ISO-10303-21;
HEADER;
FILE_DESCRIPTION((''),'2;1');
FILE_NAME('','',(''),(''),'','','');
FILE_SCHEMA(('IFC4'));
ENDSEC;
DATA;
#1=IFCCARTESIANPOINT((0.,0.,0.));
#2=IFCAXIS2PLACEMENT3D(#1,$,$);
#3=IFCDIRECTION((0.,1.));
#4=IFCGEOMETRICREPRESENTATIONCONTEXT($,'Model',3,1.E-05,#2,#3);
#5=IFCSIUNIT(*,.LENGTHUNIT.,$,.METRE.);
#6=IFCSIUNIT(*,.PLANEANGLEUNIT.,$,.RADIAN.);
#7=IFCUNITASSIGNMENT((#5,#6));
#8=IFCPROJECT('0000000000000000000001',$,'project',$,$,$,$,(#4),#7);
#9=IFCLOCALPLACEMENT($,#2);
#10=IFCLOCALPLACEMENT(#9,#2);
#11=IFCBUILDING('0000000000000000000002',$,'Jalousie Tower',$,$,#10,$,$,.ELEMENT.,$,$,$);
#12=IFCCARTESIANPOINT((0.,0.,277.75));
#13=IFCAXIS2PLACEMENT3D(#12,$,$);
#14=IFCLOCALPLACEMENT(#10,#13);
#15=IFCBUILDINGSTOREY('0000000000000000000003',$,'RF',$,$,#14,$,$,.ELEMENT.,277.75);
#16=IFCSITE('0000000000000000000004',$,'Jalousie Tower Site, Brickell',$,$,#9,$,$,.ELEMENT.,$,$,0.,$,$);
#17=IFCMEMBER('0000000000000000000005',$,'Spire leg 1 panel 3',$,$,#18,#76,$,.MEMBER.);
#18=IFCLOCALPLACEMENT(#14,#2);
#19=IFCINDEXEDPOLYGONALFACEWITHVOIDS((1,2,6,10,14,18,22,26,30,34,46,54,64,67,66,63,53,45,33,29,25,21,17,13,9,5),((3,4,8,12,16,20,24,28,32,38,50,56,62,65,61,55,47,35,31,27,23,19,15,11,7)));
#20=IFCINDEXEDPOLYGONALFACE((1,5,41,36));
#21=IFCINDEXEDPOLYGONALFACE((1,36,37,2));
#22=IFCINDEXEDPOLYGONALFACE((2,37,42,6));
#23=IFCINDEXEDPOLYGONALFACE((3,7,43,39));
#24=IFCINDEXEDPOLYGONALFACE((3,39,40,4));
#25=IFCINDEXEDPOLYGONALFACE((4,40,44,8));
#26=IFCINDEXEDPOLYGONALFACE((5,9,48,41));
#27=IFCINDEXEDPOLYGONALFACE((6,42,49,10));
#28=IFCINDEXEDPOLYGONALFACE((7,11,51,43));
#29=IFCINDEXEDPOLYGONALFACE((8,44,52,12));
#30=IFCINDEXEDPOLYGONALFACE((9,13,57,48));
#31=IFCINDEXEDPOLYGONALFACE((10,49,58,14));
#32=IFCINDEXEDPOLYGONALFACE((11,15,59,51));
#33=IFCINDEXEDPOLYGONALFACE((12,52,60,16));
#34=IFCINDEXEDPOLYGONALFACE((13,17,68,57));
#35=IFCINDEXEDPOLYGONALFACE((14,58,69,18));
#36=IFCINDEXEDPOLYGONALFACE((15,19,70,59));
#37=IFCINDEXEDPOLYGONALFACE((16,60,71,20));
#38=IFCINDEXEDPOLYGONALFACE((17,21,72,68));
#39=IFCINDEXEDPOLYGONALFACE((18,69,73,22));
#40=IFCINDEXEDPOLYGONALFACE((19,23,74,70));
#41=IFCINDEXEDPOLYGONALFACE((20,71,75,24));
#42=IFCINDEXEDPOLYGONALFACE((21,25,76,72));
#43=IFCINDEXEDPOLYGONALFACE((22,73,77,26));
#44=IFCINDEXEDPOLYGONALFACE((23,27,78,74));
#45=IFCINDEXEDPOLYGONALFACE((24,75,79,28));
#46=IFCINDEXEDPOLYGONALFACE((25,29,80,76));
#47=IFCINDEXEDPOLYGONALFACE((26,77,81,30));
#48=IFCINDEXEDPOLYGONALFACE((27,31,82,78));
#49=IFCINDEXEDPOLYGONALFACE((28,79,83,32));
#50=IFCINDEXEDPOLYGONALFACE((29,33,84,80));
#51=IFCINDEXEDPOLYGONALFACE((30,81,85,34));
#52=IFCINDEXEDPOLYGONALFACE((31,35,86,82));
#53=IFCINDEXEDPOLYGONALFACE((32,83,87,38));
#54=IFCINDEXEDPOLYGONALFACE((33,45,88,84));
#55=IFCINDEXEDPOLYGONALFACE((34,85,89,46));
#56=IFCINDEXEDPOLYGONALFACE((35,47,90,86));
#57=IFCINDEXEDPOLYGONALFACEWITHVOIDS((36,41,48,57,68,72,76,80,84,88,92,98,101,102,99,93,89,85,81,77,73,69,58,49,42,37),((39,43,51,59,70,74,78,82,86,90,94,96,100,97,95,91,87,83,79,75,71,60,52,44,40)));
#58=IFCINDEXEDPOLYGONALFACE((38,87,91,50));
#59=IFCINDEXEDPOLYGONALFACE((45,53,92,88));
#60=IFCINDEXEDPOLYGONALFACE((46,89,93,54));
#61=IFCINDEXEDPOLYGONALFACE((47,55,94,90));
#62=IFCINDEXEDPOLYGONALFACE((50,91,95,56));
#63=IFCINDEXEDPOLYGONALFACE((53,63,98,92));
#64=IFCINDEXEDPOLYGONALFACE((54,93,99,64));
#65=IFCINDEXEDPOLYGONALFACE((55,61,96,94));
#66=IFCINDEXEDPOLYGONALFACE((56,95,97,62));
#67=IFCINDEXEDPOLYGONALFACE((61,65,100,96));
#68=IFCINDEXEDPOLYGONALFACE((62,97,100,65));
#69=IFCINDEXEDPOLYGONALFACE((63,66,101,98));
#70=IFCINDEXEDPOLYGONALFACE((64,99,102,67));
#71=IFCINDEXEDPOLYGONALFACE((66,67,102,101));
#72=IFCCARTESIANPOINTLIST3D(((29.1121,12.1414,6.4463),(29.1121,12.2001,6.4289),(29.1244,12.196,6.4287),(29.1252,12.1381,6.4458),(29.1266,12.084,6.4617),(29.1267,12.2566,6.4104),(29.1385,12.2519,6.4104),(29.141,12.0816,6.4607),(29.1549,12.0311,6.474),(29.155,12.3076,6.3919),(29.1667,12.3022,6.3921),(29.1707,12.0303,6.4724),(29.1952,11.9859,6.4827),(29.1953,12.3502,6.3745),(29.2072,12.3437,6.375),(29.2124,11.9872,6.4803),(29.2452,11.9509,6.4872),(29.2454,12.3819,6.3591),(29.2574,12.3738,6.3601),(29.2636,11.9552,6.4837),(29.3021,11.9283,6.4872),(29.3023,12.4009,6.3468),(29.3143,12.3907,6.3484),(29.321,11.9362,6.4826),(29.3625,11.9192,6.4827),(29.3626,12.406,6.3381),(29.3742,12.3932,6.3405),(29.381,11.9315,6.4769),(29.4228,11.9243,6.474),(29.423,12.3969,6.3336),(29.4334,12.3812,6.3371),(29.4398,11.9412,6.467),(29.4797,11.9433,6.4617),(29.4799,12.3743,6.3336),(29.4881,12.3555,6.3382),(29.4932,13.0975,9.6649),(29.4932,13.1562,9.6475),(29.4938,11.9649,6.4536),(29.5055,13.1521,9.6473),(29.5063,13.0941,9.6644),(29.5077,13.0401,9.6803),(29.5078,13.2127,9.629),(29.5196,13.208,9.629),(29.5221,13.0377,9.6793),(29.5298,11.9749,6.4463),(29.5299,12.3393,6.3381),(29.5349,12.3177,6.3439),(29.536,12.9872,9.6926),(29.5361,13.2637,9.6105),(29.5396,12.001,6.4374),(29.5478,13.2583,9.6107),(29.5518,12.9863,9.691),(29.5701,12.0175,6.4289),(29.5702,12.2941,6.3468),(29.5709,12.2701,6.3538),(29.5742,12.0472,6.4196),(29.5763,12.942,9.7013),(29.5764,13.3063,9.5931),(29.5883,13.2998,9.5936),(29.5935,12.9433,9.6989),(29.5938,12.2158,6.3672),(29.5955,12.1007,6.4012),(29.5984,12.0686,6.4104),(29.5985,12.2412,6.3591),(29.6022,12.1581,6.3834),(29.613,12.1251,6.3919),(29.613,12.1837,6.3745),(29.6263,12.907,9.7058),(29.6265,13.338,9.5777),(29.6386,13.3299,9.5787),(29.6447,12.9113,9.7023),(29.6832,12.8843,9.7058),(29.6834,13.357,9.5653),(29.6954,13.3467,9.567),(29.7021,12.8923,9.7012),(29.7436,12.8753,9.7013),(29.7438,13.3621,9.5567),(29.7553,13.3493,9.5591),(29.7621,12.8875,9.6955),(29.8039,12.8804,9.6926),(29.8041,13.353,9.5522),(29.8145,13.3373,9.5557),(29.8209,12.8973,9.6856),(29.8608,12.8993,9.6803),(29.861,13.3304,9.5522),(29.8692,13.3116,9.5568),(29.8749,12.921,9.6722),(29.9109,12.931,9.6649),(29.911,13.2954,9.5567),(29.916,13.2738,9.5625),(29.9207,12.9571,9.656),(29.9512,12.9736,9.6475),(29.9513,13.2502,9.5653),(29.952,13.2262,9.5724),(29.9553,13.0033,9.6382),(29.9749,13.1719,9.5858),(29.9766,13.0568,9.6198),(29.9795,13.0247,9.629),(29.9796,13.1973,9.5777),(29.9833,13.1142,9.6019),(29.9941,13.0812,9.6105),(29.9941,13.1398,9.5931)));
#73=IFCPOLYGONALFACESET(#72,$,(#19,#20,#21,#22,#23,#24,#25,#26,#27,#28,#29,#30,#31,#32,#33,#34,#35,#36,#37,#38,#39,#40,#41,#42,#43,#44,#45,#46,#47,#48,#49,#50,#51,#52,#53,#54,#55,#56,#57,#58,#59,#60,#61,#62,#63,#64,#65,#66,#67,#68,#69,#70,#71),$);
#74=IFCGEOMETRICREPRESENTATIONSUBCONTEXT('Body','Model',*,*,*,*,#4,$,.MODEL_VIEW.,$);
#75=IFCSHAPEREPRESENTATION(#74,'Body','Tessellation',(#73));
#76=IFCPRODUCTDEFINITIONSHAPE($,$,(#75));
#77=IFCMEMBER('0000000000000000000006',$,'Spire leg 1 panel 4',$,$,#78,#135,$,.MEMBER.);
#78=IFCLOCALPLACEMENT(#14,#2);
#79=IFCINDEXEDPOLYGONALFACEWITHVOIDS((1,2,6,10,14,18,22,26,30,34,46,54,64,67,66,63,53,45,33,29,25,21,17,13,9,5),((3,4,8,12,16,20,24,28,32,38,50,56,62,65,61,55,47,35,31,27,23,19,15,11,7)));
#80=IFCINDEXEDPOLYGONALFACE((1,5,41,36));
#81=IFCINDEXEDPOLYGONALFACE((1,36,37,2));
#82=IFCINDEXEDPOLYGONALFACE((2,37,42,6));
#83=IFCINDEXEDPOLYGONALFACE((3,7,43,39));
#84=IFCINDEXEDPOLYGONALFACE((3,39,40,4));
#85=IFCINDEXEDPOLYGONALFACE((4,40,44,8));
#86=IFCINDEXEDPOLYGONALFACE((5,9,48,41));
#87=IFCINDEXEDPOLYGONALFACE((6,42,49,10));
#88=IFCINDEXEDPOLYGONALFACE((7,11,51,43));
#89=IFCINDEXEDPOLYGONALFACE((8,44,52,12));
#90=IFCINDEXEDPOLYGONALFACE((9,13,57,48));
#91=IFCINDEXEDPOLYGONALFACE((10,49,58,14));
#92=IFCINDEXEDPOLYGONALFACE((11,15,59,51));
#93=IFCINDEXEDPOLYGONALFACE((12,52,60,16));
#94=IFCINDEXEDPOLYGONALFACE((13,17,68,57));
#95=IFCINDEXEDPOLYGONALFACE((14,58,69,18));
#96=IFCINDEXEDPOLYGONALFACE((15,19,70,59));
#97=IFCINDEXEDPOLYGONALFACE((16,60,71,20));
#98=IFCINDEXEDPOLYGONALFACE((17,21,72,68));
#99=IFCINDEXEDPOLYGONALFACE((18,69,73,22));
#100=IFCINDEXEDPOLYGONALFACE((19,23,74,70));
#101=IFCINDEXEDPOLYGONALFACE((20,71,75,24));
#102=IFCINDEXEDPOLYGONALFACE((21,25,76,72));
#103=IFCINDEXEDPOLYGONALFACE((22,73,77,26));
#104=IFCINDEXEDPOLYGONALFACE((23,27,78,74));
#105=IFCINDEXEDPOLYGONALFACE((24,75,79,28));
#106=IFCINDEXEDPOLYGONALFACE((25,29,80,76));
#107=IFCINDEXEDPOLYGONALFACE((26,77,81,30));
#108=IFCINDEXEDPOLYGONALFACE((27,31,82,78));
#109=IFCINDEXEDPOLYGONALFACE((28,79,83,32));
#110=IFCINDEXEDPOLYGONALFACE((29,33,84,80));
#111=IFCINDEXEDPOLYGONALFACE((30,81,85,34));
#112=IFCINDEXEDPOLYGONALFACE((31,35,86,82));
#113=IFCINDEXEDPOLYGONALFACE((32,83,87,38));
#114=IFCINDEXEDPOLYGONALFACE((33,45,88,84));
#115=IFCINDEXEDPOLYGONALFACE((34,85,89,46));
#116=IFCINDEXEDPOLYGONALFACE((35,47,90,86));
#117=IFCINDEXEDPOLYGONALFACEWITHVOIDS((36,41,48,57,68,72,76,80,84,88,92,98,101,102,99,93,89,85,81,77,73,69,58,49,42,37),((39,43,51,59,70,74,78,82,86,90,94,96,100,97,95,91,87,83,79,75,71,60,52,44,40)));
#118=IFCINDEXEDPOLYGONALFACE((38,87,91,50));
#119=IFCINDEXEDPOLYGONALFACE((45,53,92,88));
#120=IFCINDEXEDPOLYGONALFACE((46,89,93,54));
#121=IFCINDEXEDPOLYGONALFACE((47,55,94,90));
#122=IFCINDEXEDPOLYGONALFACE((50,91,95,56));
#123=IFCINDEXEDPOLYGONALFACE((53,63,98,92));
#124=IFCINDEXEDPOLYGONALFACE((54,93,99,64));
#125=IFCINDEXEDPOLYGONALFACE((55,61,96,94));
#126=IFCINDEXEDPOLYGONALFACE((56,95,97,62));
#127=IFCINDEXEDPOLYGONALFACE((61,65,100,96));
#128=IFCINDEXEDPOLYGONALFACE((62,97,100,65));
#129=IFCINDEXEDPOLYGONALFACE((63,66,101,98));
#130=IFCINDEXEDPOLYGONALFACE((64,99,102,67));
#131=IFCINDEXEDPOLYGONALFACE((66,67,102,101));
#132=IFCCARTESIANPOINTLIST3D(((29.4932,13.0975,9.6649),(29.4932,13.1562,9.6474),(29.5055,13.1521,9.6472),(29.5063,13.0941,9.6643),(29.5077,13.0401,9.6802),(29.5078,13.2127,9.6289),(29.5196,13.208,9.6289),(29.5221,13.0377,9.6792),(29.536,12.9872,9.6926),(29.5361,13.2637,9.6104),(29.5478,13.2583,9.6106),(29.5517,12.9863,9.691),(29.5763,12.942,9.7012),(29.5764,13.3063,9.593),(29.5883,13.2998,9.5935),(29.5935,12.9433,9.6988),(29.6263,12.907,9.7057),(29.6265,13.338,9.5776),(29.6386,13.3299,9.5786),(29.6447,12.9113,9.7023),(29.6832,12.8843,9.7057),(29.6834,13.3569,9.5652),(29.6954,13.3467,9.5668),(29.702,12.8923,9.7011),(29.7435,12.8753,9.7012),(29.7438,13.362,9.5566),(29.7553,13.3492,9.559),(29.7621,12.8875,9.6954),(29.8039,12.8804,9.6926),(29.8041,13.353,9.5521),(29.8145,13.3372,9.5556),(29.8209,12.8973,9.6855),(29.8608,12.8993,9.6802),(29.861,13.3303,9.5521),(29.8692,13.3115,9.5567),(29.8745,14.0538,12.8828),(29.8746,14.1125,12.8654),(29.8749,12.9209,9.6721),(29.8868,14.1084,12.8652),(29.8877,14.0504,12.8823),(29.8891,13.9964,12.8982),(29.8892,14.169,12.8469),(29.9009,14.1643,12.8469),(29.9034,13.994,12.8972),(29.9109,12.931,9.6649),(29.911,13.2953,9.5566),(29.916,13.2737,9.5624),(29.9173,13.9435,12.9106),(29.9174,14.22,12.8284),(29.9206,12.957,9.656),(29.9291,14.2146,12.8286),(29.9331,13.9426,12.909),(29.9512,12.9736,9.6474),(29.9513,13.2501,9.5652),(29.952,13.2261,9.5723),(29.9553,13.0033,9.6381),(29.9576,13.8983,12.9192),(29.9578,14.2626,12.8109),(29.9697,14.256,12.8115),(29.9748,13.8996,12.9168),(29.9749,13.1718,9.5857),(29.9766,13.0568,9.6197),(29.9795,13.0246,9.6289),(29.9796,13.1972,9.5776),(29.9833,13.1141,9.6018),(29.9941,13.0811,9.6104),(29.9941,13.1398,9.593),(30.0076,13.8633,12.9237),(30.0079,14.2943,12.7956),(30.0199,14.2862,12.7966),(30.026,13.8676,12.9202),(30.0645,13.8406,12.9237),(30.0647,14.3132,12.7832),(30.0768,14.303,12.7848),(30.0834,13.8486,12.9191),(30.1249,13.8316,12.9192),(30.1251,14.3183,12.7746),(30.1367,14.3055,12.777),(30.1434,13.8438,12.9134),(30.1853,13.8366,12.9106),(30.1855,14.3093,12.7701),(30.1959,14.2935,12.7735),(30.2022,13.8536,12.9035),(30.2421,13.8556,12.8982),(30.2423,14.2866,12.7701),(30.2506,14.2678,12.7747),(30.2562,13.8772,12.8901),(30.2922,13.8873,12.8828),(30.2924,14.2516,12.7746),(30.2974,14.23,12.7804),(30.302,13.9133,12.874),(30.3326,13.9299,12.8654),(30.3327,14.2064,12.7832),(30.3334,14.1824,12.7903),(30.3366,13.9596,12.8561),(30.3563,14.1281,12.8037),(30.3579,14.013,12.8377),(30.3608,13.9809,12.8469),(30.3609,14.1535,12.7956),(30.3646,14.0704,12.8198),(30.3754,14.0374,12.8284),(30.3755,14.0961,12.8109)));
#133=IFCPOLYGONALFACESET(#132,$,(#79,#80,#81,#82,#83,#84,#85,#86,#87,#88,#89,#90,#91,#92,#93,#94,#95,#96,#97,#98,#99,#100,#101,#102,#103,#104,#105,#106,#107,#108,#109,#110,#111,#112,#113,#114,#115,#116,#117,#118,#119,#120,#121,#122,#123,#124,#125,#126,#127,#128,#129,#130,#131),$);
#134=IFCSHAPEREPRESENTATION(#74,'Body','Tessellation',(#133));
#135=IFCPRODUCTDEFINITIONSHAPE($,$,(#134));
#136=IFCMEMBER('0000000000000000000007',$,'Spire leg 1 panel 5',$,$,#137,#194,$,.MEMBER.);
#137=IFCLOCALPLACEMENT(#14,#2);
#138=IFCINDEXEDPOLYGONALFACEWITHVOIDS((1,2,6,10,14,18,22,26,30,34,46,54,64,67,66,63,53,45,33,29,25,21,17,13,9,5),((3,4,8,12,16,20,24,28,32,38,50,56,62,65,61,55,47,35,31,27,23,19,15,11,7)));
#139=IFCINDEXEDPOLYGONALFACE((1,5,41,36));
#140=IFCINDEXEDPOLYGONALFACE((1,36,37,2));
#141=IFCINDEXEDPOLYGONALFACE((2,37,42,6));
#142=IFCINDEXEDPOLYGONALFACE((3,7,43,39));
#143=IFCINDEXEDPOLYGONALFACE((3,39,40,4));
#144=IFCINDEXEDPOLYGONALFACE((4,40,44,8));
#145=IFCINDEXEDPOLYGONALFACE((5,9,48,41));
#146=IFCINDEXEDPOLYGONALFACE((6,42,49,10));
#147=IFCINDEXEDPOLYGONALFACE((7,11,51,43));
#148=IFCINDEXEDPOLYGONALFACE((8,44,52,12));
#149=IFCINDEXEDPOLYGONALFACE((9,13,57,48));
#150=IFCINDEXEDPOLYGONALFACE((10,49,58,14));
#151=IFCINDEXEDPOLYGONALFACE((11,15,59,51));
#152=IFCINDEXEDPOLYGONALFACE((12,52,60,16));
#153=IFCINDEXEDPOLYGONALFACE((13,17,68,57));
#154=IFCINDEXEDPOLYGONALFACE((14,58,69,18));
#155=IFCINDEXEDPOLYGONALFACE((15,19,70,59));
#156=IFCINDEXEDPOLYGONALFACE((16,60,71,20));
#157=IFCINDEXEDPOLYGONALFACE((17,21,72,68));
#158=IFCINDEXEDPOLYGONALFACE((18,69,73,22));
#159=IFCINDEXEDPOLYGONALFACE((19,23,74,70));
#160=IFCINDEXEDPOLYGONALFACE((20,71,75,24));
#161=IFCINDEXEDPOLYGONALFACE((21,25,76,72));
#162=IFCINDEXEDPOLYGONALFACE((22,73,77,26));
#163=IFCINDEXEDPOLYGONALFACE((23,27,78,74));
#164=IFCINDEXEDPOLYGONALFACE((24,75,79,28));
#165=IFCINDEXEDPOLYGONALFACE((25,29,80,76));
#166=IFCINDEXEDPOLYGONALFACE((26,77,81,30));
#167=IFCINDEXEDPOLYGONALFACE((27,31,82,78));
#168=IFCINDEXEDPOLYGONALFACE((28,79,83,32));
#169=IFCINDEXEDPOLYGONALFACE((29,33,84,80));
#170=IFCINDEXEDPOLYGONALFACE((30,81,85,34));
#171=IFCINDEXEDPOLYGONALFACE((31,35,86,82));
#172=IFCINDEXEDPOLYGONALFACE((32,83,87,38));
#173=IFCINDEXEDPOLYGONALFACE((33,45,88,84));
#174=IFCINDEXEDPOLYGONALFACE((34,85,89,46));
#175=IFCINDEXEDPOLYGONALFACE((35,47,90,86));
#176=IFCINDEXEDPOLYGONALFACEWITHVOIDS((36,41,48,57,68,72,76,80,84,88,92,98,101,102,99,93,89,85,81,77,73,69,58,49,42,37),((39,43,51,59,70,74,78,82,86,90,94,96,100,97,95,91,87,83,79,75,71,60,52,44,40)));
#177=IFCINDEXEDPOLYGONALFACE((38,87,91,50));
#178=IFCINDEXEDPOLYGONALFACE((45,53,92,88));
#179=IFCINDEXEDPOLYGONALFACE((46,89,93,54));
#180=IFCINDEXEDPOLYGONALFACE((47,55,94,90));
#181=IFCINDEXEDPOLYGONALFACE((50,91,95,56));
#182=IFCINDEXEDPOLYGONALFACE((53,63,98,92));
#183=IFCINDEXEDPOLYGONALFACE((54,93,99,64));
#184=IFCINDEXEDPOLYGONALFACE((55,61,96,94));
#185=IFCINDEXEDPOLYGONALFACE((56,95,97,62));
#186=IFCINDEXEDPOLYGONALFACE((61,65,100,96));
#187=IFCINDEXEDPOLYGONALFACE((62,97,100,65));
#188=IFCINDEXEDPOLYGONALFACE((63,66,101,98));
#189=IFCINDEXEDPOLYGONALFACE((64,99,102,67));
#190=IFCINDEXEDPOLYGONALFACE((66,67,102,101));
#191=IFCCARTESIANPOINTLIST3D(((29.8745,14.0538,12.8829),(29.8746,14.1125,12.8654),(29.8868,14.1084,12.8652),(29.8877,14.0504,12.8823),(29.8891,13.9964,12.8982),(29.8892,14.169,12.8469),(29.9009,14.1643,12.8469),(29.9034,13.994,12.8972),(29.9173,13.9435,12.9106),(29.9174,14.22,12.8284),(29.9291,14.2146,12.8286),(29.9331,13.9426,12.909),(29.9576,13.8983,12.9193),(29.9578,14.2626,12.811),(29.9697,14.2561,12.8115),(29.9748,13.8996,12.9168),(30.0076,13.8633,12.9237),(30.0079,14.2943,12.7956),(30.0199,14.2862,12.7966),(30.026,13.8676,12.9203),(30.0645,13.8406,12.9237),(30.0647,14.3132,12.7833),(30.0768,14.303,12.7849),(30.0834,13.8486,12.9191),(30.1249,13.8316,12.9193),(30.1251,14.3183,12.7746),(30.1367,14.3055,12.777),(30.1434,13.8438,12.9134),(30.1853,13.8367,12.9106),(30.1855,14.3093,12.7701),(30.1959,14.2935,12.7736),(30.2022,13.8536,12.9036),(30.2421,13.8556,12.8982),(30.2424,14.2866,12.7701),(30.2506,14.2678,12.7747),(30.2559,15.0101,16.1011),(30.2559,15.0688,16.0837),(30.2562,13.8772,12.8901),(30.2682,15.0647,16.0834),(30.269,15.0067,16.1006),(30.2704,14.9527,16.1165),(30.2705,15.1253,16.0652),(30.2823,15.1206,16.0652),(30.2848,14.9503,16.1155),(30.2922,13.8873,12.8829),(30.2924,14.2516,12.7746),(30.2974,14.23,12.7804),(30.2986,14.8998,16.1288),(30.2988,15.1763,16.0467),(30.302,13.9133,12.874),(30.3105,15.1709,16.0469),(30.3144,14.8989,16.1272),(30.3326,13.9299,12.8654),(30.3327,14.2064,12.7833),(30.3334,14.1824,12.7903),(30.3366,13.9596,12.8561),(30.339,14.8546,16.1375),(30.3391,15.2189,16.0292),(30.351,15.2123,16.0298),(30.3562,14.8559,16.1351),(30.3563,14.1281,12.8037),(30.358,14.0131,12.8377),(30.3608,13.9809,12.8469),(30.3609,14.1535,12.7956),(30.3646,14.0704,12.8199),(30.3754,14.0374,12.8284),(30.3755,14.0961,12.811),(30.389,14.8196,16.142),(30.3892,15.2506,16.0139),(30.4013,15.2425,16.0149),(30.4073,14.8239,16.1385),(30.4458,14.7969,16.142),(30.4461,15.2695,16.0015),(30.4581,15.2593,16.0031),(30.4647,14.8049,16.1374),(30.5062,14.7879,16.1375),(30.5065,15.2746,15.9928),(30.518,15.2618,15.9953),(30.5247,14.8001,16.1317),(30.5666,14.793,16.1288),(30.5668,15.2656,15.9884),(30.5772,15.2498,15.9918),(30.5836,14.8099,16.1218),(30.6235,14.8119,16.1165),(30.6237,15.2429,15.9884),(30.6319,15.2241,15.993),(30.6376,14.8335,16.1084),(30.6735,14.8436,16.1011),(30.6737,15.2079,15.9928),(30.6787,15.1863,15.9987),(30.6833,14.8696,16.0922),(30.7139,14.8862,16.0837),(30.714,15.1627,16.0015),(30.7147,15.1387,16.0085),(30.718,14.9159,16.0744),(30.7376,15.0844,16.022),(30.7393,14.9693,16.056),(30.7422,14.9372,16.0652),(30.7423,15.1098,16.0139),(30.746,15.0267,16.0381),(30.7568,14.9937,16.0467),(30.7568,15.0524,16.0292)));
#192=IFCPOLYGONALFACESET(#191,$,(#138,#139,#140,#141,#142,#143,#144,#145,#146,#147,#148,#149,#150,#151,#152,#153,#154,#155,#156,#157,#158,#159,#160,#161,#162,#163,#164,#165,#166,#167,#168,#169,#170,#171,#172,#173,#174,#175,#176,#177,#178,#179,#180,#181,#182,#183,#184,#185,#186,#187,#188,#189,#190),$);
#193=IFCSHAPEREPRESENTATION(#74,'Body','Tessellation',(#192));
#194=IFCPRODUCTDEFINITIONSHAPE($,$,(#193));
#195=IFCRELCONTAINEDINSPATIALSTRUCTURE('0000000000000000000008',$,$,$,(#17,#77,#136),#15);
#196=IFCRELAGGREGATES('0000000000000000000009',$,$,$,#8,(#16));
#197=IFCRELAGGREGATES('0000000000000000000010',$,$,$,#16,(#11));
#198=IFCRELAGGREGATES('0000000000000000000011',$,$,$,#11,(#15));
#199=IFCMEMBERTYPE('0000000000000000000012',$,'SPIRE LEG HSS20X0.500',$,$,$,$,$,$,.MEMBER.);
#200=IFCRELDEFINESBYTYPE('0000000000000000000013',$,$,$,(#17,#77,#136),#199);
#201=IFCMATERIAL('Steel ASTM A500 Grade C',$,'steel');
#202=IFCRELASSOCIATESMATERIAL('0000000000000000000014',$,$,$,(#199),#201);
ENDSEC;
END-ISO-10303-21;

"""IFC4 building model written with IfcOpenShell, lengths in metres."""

from ifc_helpers import new_model, si_unit, direction, frame, origin, origin_2d, place, context, subcontext, project, spatial, hollow_circle, extrude, material, material_profile, profile_set, type_object, element, save


model = new_model("IFC4")

# Units and contexts
model_context = context("Model", 3, precision=1e-05, world=origin(), true_north=direction((0.0, 1.0)))
body_context = subcontext(model_context, "Body", "Model", "MODEL_VIEW")
ifc_project = project(units=[si_unit("LENGTHUNIT", "METRE"), si_unit("PLANEANGLEUNIT", "RADIAN")], contexts=[model_context])

# Site, building, storey
site_placement = place(None, origin())
site = spatial("IfcSite", under=ifc_project, at=site_placement, Name="Jalousie Tower Site, Brickell", CompositionType="ELEMENT", RefElevation=0.0)
building_placement = place(site_placement, origin())
building = spatial("IfcBuilding", under=site, at=building_placement, Name="Jalousie Tower", CompositionType="ELEMENT")
storey_placement = place(building_placement, frame((0.0, 0.0, 277.75)))
storey = spatial("IfcBuildingStorey", under=building, at=storey_placement, Name="RF", CompositionType="ELEMENT", Elevation=277.75)

# Members
ifc_material_1 = material(Name="Steel ASTM A500 Grade C", Category="steel")
ifc_material_profile_1 = material_profile(ifc_material_1, hollow_circle(Radius=0.2539, WallThickness=0.0127, at=origin_2d()), Name="HSS20X0.500")
ifc_profile_set_1 = profile_set([ifc_material_profile_1], Name="Steel ASTM A500 Grade C")
member_type_1 = type_object("IfcMemberType", Name="SPIRE LEG HSS20X0.500", PredefinedType="MEMBER", material=ifc_profile_set_1)
member_1_placement = place(storey_placement, frame((29.3625, 12.1626, 6.4104), z_axis=(0.112784, 0.282935, 0.952485), x_axis=(-0.928918, 0.370286, 0.0)))
element("IfcMember", 1, at=member_1_placement, inside=storey, type_object=member_type_1, Name="Spire leg 1 panel 3", PredefinedType="MEMBER", context=body_context, shape_type="SweptSolid", body=[
    extrude(hollow_circle(Radius=0.2539, WallThickness=0.0127, at=origin_2d()), origin(), (0.0, 0.0, 1.0), 3.3792),
])
member_2_placement = place(storey_placement, frame((29.7437, 13.1187, 9.6289), z_axis=(0.112868, 0.283038, 0.952444), x_axis=(-0.928869, 0.370409, 0.0)))
element("IfcMember", 2, at=member_2_placement, inside=storey, type_object=member_type_1, Name="Spire leg 1 panel 4", PredefinedType="MEMBER", context=body_context, shape_type="SweptSolid", body=[
    extrude(hollow_circle(Radius=0.2539, WallThickness=0.0127, at=origin_2d()), origin(), (0.0, 0.0, 1.0), 3.3787),
])
for number, where, z_axis, x_axis, name in (
    (3, (30.125, 14.075, 12.8469), (0.112861, 0.283019, 0.952451), (-0.928869, 0.370409, 0.0), "Spire leg 1 panel 5"),
):
    element("IfcMember", number, at=place(storey_placement, frame(where, z_axis=z_axis, x_axis=x_axis)), inside=storey, type_object=member_type_1, Name=name, PredefinedType="MEMBER", context=body_context, shape_type="SweptSolid", body=[
        extrude(hollow_circle(Radius=0.2539, WallThickness=0.0127, at=origin_2d()), origin(), (0.0, 0.0, 1.0), 3.3789),
    ])

save(model, "model.ifc")
